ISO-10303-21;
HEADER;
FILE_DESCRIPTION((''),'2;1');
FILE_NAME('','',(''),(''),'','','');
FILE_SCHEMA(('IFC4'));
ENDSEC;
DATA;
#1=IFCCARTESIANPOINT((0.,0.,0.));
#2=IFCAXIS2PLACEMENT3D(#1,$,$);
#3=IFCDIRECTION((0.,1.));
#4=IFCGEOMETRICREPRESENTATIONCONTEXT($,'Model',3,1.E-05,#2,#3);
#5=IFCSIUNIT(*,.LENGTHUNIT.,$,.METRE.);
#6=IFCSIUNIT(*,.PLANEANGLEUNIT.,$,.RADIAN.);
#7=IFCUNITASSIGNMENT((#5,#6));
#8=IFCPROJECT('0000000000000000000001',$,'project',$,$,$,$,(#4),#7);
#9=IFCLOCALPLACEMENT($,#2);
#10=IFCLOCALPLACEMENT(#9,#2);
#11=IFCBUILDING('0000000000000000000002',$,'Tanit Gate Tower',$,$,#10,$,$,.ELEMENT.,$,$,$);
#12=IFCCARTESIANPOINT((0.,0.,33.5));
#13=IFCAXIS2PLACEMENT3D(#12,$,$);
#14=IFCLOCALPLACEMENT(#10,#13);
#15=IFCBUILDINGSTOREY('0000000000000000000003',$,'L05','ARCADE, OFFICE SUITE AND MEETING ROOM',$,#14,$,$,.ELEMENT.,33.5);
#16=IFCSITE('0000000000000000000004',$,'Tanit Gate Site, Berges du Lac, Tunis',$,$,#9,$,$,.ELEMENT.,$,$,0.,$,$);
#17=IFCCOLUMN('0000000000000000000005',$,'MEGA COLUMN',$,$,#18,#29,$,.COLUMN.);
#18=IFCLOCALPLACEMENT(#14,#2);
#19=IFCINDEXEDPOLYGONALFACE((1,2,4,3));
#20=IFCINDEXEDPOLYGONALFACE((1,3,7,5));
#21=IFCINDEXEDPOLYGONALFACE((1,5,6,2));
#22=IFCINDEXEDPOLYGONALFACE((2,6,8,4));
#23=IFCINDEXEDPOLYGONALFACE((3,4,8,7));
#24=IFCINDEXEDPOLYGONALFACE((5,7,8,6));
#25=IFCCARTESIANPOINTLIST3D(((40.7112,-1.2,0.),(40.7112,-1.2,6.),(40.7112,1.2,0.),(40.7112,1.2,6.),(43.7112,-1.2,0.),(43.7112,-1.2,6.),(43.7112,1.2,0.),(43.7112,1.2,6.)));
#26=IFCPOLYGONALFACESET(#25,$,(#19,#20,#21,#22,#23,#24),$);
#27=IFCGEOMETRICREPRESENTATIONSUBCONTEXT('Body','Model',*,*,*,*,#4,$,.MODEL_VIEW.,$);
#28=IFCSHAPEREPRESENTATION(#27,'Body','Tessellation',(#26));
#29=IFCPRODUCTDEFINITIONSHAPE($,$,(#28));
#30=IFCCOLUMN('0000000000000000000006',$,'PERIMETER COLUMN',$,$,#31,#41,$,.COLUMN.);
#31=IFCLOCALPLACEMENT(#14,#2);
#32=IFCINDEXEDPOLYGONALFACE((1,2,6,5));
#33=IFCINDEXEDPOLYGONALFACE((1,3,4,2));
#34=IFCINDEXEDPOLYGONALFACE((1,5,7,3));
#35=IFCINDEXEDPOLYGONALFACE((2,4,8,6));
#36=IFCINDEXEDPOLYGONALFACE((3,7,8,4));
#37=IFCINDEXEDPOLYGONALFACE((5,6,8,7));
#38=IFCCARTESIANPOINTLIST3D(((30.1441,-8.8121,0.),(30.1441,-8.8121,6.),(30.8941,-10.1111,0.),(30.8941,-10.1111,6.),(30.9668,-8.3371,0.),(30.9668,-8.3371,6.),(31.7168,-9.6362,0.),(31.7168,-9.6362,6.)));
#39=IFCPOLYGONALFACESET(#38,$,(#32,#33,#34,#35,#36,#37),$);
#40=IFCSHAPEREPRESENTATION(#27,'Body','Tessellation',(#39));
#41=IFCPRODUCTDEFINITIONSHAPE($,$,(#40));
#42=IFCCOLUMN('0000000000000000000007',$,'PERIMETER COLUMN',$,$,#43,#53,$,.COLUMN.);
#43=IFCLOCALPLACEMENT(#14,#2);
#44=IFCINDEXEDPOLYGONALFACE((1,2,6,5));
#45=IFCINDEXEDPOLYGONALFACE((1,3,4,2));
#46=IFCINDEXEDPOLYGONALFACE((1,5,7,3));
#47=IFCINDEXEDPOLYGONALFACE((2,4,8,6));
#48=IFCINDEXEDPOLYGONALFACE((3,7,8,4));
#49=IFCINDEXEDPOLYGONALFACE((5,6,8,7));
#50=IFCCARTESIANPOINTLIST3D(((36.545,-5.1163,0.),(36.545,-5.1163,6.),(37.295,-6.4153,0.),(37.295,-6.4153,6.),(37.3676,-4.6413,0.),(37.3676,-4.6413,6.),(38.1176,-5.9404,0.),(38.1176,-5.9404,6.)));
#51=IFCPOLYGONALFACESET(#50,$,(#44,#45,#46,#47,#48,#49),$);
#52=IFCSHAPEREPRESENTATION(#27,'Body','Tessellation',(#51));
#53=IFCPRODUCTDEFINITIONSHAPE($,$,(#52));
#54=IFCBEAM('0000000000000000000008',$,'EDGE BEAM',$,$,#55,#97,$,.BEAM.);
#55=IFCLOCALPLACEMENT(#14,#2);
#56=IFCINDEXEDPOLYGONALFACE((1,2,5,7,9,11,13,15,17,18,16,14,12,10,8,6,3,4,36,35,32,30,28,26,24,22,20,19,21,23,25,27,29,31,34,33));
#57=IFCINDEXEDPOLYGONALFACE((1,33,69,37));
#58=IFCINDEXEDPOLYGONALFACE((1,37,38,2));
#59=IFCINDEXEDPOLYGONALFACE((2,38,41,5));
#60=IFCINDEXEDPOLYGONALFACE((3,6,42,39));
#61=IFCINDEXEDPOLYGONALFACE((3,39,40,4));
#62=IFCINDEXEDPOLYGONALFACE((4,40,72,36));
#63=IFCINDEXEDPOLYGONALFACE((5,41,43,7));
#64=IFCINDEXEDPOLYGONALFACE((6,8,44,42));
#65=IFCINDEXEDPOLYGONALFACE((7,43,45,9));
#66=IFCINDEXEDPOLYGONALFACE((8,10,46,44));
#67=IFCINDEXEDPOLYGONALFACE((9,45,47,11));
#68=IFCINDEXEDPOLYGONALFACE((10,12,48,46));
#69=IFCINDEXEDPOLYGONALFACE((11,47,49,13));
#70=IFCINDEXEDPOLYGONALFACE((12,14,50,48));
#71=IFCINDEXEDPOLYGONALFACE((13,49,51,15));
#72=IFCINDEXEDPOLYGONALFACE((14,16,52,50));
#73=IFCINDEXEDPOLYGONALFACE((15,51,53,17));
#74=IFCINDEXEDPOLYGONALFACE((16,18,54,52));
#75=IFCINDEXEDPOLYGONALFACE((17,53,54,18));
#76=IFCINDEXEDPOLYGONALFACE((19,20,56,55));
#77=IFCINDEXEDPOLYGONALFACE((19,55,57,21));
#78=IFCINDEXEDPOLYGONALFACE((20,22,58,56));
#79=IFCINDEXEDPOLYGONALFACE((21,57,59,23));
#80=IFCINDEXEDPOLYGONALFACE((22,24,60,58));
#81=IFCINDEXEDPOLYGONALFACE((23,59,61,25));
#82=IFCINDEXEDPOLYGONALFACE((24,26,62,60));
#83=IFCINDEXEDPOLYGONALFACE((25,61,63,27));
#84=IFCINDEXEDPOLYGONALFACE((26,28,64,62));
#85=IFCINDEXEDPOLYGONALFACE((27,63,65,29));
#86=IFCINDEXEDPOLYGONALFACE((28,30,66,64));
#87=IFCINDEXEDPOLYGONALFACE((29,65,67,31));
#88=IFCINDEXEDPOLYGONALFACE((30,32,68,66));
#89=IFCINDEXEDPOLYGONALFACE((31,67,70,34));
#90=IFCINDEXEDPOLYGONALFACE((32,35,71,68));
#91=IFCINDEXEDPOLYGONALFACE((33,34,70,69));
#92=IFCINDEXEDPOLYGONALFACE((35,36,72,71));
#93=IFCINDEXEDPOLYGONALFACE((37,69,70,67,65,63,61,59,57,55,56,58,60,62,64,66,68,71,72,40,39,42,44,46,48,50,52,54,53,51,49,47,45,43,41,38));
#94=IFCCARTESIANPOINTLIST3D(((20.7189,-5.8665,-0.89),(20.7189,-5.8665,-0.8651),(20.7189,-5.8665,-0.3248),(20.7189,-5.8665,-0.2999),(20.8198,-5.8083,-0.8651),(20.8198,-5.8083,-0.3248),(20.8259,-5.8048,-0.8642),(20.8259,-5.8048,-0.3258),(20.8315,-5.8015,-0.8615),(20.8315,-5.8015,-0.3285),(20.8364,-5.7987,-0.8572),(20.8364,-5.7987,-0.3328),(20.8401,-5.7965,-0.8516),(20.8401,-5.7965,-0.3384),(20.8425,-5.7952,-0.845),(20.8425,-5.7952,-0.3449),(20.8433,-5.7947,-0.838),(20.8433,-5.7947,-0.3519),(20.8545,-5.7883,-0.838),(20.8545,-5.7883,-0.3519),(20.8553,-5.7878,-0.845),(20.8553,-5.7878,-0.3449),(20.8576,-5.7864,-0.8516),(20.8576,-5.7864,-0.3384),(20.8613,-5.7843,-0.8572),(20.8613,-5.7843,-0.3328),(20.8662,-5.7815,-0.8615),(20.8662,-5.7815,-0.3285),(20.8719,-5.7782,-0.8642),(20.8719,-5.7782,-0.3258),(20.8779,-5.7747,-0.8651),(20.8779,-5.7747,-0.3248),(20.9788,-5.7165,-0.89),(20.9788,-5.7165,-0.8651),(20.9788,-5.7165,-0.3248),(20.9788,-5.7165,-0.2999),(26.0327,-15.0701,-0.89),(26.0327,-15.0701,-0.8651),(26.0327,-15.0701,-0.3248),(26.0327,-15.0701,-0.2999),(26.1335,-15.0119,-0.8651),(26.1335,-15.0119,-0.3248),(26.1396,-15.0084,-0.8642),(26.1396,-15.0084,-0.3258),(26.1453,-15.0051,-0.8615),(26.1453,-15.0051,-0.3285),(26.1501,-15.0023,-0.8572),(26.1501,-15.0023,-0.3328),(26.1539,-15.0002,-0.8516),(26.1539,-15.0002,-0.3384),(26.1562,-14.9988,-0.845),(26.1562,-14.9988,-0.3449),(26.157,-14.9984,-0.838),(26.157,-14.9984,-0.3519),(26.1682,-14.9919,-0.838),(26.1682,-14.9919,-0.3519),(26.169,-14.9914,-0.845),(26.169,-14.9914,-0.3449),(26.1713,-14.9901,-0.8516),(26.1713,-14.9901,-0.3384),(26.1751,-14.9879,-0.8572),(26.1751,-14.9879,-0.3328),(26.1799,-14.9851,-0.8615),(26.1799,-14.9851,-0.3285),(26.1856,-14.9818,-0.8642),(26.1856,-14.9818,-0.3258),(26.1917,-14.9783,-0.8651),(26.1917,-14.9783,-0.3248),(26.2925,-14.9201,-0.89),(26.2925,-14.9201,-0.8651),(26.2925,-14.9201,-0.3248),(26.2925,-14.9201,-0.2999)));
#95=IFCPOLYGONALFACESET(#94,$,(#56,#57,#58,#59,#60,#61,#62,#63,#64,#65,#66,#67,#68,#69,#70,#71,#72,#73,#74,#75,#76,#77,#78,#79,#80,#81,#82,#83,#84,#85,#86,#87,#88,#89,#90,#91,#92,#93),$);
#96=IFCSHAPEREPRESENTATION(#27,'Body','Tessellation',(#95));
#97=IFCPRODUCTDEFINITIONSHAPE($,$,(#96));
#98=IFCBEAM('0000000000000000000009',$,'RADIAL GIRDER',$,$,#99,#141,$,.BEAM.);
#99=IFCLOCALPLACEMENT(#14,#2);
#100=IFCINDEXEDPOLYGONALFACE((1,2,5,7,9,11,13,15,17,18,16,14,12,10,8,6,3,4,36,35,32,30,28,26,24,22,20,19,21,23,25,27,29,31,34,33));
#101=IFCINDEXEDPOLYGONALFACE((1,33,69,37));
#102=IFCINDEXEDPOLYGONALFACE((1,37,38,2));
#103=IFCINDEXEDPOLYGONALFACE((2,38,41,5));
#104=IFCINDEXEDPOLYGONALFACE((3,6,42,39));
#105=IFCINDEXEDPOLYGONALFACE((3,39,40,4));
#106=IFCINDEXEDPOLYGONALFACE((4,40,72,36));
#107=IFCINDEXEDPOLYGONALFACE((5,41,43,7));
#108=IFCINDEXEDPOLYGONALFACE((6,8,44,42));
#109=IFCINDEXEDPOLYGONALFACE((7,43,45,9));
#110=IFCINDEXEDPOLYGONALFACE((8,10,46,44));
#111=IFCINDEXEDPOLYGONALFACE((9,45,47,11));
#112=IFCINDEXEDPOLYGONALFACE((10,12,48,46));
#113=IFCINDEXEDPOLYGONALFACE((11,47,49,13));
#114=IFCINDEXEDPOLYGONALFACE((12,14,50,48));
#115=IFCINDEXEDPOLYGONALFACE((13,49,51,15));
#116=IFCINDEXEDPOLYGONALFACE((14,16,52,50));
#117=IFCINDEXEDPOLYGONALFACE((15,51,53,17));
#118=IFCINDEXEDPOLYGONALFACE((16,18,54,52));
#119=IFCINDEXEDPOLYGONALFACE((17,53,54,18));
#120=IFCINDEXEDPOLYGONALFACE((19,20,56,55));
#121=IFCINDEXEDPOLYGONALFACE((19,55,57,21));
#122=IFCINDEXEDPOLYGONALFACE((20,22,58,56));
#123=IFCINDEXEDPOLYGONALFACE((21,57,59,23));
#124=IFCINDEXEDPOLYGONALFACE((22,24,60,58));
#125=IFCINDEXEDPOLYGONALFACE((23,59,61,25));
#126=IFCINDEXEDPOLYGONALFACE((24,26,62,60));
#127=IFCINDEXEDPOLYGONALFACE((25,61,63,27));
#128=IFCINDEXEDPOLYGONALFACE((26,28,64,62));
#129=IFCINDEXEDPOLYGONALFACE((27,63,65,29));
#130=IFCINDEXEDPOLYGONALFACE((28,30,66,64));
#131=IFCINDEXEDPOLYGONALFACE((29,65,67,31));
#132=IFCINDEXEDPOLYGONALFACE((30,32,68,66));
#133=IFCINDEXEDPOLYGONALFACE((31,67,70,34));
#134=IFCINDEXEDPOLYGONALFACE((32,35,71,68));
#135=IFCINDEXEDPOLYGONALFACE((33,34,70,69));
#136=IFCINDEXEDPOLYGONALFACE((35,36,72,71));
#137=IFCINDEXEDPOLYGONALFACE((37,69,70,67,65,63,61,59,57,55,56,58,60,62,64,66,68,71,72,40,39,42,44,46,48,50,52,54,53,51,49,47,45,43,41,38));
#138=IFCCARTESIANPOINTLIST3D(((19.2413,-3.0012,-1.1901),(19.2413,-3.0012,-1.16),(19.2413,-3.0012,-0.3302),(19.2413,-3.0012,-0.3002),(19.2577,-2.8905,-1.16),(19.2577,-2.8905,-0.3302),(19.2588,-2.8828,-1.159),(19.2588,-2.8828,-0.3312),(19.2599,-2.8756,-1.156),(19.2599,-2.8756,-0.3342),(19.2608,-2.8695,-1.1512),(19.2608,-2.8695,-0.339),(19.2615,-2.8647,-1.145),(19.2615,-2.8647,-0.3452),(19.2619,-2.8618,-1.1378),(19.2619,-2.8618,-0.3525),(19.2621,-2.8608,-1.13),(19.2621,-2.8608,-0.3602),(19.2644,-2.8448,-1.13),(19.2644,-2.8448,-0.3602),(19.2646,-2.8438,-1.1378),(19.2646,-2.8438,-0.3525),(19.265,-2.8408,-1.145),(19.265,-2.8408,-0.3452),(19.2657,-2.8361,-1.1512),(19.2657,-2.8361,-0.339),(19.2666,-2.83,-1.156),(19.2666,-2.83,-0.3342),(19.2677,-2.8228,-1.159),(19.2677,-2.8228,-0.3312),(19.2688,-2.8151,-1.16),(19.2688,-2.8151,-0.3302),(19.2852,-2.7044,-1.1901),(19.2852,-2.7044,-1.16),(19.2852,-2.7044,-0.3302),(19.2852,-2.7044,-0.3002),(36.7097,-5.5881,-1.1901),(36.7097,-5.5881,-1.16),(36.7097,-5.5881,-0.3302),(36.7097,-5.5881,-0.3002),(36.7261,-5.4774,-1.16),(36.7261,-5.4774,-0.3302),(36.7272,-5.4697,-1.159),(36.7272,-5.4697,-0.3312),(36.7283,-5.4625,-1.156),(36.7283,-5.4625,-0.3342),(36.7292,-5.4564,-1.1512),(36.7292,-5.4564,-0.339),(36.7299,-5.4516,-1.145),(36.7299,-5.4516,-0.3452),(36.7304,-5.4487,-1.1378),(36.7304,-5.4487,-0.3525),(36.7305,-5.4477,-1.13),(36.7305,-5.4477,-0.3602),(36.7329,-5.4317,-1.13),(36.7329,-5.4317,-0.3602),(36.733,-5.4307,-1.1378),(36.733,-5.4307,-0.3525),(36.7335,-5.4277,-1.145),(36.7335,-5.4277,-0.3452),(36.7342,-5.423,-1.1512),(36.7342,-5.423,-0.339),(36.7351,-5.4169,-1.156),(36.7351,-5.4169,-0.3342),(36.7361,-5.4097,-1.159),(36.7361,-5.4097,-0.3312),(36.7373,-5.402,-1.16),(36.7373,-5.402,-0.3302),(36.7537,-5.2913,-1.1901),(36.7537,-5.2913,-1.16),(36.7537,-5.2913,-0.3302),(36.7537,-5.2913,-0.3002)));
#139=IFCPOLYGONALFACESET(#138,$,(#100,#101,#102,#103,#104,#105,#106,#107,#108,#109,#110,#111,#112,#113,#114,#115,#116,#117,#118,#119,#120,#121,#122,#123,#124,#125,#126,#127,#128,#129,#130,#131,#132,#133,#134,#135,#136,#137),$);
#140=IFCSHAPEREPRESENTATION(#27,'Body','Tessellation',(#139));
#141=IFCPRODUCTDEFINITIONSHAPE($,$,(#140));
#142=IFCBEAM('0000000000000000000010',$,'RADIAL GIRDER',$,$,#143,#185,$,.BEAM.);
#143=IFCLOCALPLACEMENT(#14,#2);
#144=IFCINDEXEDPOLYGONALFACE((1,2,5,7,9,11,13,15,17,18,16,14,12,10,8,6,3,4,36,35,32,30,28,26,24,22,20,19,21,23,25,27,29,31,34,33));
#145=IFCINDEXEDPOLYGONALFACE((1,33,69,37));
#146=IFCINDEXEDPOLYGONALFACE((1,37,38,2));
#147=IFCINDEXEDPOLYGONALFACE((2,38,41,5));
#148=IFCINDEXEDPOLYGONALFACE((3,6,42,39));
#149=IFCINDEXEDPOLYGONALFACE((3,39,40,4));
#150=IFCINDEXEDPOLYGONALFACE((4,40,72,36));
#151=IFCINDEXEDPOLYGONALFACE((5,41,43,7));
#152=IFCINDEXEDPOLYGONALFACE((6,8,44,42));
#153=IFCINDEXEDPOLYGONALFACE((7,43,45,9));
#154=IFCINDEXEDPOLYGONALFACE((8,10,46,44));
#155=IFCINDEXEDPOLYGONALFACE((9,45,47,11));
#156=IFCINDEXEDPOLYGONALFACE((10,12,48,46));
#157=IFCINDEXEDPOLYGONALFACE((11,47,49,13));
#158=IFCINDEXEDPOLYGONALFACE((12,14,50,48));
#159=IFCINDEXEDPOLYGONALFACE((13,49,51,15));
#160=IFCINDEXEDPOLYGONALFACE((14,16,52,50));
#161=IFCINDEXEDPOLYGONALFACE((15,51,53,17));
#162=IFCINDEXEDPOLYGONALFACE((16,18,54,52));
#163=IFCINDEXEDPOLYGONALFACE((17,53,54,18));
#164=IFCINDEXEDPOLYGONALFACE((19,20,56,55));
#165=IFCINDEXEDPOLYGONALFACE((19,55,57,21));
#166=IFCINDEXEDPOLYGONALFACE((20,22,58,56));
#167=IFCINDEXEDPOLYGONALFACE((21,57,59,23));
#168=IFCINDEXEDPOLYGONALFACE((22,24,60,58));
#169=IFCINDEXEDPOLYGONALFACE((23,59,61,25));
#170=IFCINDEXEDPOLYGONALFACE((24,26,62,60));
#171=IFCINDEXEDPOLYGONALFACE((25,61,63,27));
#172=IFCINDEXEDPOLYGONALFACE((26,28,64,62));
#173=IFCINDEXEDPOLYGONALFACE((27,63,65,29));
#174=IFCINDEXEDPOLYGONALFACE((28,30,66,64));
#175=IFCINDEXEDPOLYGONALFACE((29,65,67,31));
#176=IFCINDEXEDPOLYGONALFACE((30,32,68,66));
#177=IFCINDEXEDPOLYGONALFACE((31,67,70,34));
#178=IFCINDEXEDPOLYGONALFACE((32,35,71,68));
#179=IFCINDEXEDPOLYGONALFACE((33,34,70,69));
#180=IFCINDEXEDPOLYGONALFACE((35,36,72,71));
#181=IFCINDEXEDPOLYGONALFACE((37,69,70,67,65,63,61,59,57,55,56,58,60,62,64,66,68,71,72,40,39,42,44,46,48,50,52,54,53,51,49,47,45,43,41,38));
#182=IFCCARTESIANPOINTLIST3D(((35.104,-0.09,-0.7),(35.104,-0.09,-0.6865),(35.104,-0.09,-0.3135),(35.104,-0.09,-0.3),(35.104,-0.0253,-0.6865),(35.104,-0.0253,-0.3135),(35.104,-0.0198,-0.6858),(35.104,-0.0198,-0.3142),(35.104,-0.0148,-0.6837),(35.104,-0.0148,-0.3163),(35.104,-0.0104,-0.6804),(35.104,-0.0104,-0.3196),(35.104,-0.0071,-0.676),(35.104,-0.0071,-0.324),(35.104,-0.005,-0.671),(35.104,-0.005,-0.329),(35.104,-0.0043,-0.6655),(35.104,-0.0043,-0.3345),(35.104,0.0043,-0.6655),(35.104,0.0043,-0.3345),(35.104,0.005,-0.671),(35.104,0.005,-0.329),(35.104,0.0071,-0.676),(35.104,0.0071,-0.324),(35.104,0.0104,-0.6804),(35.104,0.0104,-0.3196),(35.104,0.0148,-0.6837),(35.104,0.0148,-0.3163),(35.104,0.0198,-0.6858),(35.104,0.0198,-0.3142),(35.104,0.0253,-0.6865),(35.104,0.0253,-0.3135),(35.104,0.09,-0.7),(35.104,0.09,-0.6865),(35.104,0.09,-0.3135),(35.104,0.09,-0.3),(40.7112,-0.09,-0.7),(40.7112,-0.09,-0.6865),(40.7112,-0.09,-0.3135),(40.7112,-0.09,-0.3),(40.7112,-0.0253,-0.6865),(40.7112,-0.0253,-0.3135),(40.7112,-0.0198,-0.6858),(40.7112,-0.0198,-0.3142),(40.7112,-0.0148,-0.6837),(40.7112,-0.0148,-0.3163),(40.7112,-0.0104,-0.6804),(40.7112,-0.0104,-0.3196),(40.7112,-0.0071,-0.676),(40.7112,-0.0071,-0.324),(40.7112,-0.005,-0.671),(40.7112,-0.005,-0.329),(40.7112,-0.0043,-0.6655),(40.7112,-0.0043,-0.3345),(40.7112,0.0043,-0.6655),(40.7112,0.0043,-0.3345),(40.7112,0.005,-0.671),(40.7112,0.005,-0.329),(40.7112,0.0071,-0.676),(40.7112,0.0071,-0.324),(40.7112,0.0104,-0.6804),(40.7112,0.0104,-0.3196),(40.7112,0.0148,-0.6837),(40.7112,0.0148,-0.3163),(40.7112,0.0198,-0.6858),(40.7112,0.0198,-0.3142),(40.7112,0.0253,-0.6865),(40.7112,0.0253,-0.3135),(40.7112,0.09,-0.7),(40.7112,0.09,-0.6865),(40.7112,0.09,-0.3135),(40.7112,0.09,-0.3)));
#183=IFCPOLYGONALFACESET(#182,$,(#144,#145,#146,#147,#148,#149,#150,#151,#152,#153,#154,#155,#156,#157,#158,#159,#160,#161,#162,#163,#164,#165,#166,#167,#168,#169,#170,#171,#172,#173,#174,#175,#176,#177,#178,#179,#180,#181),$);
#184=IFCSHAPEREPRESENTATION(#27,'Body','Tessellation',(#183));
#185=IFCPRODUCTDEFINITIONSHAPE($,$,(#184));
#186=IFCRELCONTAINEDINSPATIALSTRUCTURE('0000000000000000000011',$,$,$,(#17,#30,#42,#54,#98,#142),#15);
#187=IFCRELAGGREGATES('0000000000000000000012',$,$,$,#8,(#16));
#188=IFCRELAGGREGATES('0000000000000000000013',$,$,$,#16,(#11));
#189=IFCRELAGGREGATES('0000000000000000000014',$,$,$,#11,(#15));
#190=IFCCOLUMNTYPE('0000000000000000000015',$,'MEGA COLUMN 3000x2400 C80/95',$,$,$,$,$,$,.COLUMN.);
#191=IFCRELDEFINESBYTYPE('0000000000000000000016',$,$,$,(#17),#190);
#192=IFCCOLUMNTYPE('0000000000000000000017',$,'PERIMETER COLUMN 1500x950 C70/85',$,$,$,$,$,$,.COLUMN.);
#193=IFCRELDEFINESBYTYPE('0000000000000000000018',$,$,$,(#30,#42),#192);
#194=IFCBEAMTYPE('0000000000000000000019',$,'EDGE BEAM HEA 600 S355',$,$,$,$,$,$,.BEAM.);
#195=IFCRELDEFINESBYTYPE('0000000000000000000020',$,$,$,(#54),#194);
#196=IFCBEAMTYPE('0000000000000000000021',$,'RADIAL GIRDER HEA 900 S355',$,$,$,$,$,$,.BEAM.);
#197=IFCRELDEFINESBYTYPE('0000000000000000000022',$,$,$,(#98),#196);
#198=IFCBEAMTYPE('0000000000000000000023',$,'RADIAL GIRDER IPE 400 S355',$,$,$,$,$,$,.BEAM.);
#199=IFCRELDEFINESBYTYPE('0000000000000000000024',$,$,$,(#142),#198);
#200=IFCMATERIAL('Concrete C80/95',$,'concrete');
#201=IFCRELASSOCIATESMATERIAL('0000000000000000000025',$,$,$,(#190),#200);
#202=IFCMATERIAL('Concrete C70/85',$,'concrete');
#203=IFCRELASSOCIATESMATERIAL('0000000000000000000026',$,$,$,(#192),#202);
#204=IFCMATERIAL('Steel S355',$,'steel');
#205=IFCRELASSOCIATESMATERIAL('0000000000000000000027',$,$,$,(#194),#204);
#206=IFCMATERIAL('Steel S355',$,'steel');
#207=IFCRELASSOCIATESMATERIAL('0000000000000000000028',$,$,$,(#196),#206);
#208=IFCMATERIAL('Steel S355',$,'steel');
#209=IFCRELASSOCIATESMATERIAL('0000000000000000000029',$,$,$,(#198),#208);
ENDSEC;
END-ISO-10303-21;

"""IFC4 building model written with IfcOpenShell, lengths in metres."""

from ifc_helpers import new_model, si_unit, direction, frame, origin, origin_2d, place, context, subcontext, project, spatial, rectangle, i_section, extrude, material, material_profile, profile_set, type_object, element, save


model = new_model("IFC4")

# Units and contexts
model_context = context("Model", 3, precision=1e-05, world=origin(), true_north=direction((0.0, 1.0)))
body_context = subcontext(model_context, "Body", "Model", "MODEL_VIEW")
ifc_project = project(units=[si_unit("LENGTHUNIT", "METRE"), si_unit("PLANEANGLEUNIT", "RADIAN")], contexts=[model_context])

# Site, building, storey
site_placement = place(None, origin())
site = spatial("IfcSite", under=ifc_project, at=site_placement, Name="Tanit Gate Site, Berges du Lac, Tunis", CompositionType="ELEMENT", RefElevation=0.0)
building_placement = place(site_placement, origin())
building = spatial("IfcBuilding", under=site, at=building_placement, Name="Tanit Gate Tower", CompositionType="ELEMENT")
storey_placement = place(building_placement, frame((0.0, 0.0, 33.5)))
storey = spatial("IfcBuildingStorey", under=building, at=storey_placement, Name="L05", Description="ARCADE, OFFICE SUITE AND MEETING ROOM", CompositionType="ELEMENT", Elevation=33.5)

# Columns
ifc_material_1 = material(Name="Concrete C80/95", Category="concrete")
ifc_material_profile_1 = material_profile(ifc_material_1, rectangle(XDim=3.0, YDim=2.3999, at=origin_2d()), Name="RC 3000x2400")
ifc_profile_set_1 = profile_set([ifc_material_profile_1], Name="Concrete C80/95")
column_type_1 = type_object("IfcColumnType", Name="MEGA COLUMN 3000x2400 C80/95", PredefinedType="COLUMN", material=ifc_profile_set_1)
column_placement = place(storey_placement, frame((42.2112, 0.0, 0.0), z_axis=(0.0, 0.0, 1.0), x_axis=(1.0, 0.0, 0.0)))
element("IfcColumn", 1, at=column_placement, inside=storey, type_object=column_type_1, Name="MEGA COLUMN", PredefinedType="COLUMN", context=body_context, shape_type="SweptSolid", body=[
    extrude(rectangle(XDim=3.0, YDim=2.3999, at=origin_2d()), origin(), (0.0, 0.0, 1.0), 6.0),
])
ifc_material_2 = material(Name="Concrete C70/85", Category="concrete")
ifc_material_profile_2 = material_profile(ifc_material_2, rectangle(XDim=1.5, YDim=0.95, at=origin_2d()), Name="RC 1500x950")
ifc_profile_set_2 = profile_set([ifc_material_profile_2], Name="Concrete C70/85")
column_type_2 = type_object("IfcColumnType", Name="PERIMETER COLUMN 1500x950 C70/85", PredefinedType="COLUMN", material=ifc_profile_set_2)
for number, where, z_axis, x_axis, name in (
    (2, (30.9304, -9.2241, 0.0), (0.0, 0.0, 1.0), (0.5, -0.866025, 0.0), "PERIMETER COLUMN"),
    (3, (37.3313, -5.5283, 0.0), (0.0, 0.0, 1.0), (0.5, -0.866025, 0.0), "PERIMETER COLUMN"),
):
    element("IfcColumn", number, at=place(storey_placement, frame(where, z_axis=z_axis, x_axis=x_axis)), inside=storey, type_object=column_type_2, Name=name, PredefinedType="COLUMN", context=body_context, shape_type="SweptSolid", body=[
        extrude(rectangle(XDim=1.5, YDim=0.95, at=origin_2d()), origin(), (0.0, 0.0, 1.0), 6.0),
    ])

# Beams
ifc_material_3 = material(Name="Steel S355", Category="steel")
ifc_material_profile_3 = material_profile(ifc_material_3, i_section(OverallWidth=0.3, OverallDepth=0.5901, WebThickness=0.0129, FlangeThickness=0.0249, FilletRadius=0.0271, at=origin_2d()), Name="HEA 600")
ifc_profile_set_3 = profile_set([ifc_material_profile_3], Name="Steel S355")
beam_type_1 = type_object("IfcBeamType", Name="EDGE BEAM HEA 600 S355", PredefinedType="BEAM", material=ifc_profile_set_3)
beam_1_placement = place(storey_placement, frame((26.1626, -14.9951, -0.595), z_axis=(-0.500001, 0.866025, 0.0), x_axis=(-0.866025, -0.500001, 0.0)))
element("IfcBeam", 4, at=beam_1_placement, inside=storey, type_object=beam_type_1, Name="EDGE BEAM", PredefinedType="BEAM", context=body_context, shape_type="SweptSolid", body=[
    extrude(i_section(OverallWidth=0.3, OverallDepth=0.5901, WebThickness=0.0129, FlangeThickness=0.0249, FilletRadius=0.0271, at=origin_2d()), origin(), (0.0, 0.0, 1.0), 10.6274),
])
ifc_material_4 = material(Name="Steel S355", Category="steel")
ifc_material_profile_4 = material_profile(ifc_material_4, i_section(OverallWidth=0.3, OverallDepth=0.8899, WebThickness=0.0161, FlangeThickness=0.03, FilletRadius=0.03, at=origin_2d()), Name="HEA 900")
ifc_profile_set_4 = profile_set([ifc_material_profile_4], Name="Steel S355")
beam_type_2 = type_object("IfcBeamType", Name="RADIAL GIRDER HEA 900 S355", PredefinedType="BEAM", material=ifc_profile_set_4)
beam_2_placement = place(storey_placement, frame((36.7317, -5.4397, -0.7451), z_axis=(-0.989212, 0.146493, 0.0), x_axis=(-0.146493, -0.989212, 0.0)))
element("IfcBeam", 5, at=beam_2_placement, inside=storey, type_object=beam_type_2, Name="RADIAL GIRDER", PredefinedType="BEAM", context=body_context, shape_type="SweptSolid", body=[
    extrude(i_section(OverallWidth=0.3, OverallDepth=0.8899, WebThickness=0.0161, FlangeThickness=0.03, FilletRadius=0.03, at=origin_2d()), origin(), (0.0, 0.0, 1.0), 17.6589),
])
ifc_material_5 = material(Name="Steel S355", Category="steel")
ifc_material_profile_5 = material_profile(ifc_material_5, i_section(OverallWidth=0.1799, OverallDepth=0.3999, WebThickness=0.0085, FlangeThickness=0.0134, FilletRadius=0.021, at=origin_2d()), Name="IPE 400")
ifc_profile_set_5 = profile_set([ifc_material_profile_5], Name="Steel S355")
beam_type_3 = type_object("IfcBeamType", Name="RADIAL GIRDER IPE 400 S355", PredefinedType="BEAM", material=ifc_profile_set_5)
beam_3_placement = place(storey_placement, frame((40.7112, 0.0, -0.5), z_axis=(-1.0, 0.0, 0.0), x_axis=(0.0, -1.0, 0.0)))
element("IfcBeam", 6, at=beam_3_placement, inside=storey, type_object=beam_type_3, Name="RADIAL GIRDER", PredefinedType="BEAM", context=body_context, shape_type="SweptSolid", body=[
    extrude(i_section(OverallWidth=0.1799, OverallDepth=0.3999, WebThickness=0.0085, FlangeThickness=0.0134, FilletRadius=0.021, at=origin_2d()), origin(), (0.0, 0.0, 1.0), 5.6072),
])

save(model, "model.ifc")
